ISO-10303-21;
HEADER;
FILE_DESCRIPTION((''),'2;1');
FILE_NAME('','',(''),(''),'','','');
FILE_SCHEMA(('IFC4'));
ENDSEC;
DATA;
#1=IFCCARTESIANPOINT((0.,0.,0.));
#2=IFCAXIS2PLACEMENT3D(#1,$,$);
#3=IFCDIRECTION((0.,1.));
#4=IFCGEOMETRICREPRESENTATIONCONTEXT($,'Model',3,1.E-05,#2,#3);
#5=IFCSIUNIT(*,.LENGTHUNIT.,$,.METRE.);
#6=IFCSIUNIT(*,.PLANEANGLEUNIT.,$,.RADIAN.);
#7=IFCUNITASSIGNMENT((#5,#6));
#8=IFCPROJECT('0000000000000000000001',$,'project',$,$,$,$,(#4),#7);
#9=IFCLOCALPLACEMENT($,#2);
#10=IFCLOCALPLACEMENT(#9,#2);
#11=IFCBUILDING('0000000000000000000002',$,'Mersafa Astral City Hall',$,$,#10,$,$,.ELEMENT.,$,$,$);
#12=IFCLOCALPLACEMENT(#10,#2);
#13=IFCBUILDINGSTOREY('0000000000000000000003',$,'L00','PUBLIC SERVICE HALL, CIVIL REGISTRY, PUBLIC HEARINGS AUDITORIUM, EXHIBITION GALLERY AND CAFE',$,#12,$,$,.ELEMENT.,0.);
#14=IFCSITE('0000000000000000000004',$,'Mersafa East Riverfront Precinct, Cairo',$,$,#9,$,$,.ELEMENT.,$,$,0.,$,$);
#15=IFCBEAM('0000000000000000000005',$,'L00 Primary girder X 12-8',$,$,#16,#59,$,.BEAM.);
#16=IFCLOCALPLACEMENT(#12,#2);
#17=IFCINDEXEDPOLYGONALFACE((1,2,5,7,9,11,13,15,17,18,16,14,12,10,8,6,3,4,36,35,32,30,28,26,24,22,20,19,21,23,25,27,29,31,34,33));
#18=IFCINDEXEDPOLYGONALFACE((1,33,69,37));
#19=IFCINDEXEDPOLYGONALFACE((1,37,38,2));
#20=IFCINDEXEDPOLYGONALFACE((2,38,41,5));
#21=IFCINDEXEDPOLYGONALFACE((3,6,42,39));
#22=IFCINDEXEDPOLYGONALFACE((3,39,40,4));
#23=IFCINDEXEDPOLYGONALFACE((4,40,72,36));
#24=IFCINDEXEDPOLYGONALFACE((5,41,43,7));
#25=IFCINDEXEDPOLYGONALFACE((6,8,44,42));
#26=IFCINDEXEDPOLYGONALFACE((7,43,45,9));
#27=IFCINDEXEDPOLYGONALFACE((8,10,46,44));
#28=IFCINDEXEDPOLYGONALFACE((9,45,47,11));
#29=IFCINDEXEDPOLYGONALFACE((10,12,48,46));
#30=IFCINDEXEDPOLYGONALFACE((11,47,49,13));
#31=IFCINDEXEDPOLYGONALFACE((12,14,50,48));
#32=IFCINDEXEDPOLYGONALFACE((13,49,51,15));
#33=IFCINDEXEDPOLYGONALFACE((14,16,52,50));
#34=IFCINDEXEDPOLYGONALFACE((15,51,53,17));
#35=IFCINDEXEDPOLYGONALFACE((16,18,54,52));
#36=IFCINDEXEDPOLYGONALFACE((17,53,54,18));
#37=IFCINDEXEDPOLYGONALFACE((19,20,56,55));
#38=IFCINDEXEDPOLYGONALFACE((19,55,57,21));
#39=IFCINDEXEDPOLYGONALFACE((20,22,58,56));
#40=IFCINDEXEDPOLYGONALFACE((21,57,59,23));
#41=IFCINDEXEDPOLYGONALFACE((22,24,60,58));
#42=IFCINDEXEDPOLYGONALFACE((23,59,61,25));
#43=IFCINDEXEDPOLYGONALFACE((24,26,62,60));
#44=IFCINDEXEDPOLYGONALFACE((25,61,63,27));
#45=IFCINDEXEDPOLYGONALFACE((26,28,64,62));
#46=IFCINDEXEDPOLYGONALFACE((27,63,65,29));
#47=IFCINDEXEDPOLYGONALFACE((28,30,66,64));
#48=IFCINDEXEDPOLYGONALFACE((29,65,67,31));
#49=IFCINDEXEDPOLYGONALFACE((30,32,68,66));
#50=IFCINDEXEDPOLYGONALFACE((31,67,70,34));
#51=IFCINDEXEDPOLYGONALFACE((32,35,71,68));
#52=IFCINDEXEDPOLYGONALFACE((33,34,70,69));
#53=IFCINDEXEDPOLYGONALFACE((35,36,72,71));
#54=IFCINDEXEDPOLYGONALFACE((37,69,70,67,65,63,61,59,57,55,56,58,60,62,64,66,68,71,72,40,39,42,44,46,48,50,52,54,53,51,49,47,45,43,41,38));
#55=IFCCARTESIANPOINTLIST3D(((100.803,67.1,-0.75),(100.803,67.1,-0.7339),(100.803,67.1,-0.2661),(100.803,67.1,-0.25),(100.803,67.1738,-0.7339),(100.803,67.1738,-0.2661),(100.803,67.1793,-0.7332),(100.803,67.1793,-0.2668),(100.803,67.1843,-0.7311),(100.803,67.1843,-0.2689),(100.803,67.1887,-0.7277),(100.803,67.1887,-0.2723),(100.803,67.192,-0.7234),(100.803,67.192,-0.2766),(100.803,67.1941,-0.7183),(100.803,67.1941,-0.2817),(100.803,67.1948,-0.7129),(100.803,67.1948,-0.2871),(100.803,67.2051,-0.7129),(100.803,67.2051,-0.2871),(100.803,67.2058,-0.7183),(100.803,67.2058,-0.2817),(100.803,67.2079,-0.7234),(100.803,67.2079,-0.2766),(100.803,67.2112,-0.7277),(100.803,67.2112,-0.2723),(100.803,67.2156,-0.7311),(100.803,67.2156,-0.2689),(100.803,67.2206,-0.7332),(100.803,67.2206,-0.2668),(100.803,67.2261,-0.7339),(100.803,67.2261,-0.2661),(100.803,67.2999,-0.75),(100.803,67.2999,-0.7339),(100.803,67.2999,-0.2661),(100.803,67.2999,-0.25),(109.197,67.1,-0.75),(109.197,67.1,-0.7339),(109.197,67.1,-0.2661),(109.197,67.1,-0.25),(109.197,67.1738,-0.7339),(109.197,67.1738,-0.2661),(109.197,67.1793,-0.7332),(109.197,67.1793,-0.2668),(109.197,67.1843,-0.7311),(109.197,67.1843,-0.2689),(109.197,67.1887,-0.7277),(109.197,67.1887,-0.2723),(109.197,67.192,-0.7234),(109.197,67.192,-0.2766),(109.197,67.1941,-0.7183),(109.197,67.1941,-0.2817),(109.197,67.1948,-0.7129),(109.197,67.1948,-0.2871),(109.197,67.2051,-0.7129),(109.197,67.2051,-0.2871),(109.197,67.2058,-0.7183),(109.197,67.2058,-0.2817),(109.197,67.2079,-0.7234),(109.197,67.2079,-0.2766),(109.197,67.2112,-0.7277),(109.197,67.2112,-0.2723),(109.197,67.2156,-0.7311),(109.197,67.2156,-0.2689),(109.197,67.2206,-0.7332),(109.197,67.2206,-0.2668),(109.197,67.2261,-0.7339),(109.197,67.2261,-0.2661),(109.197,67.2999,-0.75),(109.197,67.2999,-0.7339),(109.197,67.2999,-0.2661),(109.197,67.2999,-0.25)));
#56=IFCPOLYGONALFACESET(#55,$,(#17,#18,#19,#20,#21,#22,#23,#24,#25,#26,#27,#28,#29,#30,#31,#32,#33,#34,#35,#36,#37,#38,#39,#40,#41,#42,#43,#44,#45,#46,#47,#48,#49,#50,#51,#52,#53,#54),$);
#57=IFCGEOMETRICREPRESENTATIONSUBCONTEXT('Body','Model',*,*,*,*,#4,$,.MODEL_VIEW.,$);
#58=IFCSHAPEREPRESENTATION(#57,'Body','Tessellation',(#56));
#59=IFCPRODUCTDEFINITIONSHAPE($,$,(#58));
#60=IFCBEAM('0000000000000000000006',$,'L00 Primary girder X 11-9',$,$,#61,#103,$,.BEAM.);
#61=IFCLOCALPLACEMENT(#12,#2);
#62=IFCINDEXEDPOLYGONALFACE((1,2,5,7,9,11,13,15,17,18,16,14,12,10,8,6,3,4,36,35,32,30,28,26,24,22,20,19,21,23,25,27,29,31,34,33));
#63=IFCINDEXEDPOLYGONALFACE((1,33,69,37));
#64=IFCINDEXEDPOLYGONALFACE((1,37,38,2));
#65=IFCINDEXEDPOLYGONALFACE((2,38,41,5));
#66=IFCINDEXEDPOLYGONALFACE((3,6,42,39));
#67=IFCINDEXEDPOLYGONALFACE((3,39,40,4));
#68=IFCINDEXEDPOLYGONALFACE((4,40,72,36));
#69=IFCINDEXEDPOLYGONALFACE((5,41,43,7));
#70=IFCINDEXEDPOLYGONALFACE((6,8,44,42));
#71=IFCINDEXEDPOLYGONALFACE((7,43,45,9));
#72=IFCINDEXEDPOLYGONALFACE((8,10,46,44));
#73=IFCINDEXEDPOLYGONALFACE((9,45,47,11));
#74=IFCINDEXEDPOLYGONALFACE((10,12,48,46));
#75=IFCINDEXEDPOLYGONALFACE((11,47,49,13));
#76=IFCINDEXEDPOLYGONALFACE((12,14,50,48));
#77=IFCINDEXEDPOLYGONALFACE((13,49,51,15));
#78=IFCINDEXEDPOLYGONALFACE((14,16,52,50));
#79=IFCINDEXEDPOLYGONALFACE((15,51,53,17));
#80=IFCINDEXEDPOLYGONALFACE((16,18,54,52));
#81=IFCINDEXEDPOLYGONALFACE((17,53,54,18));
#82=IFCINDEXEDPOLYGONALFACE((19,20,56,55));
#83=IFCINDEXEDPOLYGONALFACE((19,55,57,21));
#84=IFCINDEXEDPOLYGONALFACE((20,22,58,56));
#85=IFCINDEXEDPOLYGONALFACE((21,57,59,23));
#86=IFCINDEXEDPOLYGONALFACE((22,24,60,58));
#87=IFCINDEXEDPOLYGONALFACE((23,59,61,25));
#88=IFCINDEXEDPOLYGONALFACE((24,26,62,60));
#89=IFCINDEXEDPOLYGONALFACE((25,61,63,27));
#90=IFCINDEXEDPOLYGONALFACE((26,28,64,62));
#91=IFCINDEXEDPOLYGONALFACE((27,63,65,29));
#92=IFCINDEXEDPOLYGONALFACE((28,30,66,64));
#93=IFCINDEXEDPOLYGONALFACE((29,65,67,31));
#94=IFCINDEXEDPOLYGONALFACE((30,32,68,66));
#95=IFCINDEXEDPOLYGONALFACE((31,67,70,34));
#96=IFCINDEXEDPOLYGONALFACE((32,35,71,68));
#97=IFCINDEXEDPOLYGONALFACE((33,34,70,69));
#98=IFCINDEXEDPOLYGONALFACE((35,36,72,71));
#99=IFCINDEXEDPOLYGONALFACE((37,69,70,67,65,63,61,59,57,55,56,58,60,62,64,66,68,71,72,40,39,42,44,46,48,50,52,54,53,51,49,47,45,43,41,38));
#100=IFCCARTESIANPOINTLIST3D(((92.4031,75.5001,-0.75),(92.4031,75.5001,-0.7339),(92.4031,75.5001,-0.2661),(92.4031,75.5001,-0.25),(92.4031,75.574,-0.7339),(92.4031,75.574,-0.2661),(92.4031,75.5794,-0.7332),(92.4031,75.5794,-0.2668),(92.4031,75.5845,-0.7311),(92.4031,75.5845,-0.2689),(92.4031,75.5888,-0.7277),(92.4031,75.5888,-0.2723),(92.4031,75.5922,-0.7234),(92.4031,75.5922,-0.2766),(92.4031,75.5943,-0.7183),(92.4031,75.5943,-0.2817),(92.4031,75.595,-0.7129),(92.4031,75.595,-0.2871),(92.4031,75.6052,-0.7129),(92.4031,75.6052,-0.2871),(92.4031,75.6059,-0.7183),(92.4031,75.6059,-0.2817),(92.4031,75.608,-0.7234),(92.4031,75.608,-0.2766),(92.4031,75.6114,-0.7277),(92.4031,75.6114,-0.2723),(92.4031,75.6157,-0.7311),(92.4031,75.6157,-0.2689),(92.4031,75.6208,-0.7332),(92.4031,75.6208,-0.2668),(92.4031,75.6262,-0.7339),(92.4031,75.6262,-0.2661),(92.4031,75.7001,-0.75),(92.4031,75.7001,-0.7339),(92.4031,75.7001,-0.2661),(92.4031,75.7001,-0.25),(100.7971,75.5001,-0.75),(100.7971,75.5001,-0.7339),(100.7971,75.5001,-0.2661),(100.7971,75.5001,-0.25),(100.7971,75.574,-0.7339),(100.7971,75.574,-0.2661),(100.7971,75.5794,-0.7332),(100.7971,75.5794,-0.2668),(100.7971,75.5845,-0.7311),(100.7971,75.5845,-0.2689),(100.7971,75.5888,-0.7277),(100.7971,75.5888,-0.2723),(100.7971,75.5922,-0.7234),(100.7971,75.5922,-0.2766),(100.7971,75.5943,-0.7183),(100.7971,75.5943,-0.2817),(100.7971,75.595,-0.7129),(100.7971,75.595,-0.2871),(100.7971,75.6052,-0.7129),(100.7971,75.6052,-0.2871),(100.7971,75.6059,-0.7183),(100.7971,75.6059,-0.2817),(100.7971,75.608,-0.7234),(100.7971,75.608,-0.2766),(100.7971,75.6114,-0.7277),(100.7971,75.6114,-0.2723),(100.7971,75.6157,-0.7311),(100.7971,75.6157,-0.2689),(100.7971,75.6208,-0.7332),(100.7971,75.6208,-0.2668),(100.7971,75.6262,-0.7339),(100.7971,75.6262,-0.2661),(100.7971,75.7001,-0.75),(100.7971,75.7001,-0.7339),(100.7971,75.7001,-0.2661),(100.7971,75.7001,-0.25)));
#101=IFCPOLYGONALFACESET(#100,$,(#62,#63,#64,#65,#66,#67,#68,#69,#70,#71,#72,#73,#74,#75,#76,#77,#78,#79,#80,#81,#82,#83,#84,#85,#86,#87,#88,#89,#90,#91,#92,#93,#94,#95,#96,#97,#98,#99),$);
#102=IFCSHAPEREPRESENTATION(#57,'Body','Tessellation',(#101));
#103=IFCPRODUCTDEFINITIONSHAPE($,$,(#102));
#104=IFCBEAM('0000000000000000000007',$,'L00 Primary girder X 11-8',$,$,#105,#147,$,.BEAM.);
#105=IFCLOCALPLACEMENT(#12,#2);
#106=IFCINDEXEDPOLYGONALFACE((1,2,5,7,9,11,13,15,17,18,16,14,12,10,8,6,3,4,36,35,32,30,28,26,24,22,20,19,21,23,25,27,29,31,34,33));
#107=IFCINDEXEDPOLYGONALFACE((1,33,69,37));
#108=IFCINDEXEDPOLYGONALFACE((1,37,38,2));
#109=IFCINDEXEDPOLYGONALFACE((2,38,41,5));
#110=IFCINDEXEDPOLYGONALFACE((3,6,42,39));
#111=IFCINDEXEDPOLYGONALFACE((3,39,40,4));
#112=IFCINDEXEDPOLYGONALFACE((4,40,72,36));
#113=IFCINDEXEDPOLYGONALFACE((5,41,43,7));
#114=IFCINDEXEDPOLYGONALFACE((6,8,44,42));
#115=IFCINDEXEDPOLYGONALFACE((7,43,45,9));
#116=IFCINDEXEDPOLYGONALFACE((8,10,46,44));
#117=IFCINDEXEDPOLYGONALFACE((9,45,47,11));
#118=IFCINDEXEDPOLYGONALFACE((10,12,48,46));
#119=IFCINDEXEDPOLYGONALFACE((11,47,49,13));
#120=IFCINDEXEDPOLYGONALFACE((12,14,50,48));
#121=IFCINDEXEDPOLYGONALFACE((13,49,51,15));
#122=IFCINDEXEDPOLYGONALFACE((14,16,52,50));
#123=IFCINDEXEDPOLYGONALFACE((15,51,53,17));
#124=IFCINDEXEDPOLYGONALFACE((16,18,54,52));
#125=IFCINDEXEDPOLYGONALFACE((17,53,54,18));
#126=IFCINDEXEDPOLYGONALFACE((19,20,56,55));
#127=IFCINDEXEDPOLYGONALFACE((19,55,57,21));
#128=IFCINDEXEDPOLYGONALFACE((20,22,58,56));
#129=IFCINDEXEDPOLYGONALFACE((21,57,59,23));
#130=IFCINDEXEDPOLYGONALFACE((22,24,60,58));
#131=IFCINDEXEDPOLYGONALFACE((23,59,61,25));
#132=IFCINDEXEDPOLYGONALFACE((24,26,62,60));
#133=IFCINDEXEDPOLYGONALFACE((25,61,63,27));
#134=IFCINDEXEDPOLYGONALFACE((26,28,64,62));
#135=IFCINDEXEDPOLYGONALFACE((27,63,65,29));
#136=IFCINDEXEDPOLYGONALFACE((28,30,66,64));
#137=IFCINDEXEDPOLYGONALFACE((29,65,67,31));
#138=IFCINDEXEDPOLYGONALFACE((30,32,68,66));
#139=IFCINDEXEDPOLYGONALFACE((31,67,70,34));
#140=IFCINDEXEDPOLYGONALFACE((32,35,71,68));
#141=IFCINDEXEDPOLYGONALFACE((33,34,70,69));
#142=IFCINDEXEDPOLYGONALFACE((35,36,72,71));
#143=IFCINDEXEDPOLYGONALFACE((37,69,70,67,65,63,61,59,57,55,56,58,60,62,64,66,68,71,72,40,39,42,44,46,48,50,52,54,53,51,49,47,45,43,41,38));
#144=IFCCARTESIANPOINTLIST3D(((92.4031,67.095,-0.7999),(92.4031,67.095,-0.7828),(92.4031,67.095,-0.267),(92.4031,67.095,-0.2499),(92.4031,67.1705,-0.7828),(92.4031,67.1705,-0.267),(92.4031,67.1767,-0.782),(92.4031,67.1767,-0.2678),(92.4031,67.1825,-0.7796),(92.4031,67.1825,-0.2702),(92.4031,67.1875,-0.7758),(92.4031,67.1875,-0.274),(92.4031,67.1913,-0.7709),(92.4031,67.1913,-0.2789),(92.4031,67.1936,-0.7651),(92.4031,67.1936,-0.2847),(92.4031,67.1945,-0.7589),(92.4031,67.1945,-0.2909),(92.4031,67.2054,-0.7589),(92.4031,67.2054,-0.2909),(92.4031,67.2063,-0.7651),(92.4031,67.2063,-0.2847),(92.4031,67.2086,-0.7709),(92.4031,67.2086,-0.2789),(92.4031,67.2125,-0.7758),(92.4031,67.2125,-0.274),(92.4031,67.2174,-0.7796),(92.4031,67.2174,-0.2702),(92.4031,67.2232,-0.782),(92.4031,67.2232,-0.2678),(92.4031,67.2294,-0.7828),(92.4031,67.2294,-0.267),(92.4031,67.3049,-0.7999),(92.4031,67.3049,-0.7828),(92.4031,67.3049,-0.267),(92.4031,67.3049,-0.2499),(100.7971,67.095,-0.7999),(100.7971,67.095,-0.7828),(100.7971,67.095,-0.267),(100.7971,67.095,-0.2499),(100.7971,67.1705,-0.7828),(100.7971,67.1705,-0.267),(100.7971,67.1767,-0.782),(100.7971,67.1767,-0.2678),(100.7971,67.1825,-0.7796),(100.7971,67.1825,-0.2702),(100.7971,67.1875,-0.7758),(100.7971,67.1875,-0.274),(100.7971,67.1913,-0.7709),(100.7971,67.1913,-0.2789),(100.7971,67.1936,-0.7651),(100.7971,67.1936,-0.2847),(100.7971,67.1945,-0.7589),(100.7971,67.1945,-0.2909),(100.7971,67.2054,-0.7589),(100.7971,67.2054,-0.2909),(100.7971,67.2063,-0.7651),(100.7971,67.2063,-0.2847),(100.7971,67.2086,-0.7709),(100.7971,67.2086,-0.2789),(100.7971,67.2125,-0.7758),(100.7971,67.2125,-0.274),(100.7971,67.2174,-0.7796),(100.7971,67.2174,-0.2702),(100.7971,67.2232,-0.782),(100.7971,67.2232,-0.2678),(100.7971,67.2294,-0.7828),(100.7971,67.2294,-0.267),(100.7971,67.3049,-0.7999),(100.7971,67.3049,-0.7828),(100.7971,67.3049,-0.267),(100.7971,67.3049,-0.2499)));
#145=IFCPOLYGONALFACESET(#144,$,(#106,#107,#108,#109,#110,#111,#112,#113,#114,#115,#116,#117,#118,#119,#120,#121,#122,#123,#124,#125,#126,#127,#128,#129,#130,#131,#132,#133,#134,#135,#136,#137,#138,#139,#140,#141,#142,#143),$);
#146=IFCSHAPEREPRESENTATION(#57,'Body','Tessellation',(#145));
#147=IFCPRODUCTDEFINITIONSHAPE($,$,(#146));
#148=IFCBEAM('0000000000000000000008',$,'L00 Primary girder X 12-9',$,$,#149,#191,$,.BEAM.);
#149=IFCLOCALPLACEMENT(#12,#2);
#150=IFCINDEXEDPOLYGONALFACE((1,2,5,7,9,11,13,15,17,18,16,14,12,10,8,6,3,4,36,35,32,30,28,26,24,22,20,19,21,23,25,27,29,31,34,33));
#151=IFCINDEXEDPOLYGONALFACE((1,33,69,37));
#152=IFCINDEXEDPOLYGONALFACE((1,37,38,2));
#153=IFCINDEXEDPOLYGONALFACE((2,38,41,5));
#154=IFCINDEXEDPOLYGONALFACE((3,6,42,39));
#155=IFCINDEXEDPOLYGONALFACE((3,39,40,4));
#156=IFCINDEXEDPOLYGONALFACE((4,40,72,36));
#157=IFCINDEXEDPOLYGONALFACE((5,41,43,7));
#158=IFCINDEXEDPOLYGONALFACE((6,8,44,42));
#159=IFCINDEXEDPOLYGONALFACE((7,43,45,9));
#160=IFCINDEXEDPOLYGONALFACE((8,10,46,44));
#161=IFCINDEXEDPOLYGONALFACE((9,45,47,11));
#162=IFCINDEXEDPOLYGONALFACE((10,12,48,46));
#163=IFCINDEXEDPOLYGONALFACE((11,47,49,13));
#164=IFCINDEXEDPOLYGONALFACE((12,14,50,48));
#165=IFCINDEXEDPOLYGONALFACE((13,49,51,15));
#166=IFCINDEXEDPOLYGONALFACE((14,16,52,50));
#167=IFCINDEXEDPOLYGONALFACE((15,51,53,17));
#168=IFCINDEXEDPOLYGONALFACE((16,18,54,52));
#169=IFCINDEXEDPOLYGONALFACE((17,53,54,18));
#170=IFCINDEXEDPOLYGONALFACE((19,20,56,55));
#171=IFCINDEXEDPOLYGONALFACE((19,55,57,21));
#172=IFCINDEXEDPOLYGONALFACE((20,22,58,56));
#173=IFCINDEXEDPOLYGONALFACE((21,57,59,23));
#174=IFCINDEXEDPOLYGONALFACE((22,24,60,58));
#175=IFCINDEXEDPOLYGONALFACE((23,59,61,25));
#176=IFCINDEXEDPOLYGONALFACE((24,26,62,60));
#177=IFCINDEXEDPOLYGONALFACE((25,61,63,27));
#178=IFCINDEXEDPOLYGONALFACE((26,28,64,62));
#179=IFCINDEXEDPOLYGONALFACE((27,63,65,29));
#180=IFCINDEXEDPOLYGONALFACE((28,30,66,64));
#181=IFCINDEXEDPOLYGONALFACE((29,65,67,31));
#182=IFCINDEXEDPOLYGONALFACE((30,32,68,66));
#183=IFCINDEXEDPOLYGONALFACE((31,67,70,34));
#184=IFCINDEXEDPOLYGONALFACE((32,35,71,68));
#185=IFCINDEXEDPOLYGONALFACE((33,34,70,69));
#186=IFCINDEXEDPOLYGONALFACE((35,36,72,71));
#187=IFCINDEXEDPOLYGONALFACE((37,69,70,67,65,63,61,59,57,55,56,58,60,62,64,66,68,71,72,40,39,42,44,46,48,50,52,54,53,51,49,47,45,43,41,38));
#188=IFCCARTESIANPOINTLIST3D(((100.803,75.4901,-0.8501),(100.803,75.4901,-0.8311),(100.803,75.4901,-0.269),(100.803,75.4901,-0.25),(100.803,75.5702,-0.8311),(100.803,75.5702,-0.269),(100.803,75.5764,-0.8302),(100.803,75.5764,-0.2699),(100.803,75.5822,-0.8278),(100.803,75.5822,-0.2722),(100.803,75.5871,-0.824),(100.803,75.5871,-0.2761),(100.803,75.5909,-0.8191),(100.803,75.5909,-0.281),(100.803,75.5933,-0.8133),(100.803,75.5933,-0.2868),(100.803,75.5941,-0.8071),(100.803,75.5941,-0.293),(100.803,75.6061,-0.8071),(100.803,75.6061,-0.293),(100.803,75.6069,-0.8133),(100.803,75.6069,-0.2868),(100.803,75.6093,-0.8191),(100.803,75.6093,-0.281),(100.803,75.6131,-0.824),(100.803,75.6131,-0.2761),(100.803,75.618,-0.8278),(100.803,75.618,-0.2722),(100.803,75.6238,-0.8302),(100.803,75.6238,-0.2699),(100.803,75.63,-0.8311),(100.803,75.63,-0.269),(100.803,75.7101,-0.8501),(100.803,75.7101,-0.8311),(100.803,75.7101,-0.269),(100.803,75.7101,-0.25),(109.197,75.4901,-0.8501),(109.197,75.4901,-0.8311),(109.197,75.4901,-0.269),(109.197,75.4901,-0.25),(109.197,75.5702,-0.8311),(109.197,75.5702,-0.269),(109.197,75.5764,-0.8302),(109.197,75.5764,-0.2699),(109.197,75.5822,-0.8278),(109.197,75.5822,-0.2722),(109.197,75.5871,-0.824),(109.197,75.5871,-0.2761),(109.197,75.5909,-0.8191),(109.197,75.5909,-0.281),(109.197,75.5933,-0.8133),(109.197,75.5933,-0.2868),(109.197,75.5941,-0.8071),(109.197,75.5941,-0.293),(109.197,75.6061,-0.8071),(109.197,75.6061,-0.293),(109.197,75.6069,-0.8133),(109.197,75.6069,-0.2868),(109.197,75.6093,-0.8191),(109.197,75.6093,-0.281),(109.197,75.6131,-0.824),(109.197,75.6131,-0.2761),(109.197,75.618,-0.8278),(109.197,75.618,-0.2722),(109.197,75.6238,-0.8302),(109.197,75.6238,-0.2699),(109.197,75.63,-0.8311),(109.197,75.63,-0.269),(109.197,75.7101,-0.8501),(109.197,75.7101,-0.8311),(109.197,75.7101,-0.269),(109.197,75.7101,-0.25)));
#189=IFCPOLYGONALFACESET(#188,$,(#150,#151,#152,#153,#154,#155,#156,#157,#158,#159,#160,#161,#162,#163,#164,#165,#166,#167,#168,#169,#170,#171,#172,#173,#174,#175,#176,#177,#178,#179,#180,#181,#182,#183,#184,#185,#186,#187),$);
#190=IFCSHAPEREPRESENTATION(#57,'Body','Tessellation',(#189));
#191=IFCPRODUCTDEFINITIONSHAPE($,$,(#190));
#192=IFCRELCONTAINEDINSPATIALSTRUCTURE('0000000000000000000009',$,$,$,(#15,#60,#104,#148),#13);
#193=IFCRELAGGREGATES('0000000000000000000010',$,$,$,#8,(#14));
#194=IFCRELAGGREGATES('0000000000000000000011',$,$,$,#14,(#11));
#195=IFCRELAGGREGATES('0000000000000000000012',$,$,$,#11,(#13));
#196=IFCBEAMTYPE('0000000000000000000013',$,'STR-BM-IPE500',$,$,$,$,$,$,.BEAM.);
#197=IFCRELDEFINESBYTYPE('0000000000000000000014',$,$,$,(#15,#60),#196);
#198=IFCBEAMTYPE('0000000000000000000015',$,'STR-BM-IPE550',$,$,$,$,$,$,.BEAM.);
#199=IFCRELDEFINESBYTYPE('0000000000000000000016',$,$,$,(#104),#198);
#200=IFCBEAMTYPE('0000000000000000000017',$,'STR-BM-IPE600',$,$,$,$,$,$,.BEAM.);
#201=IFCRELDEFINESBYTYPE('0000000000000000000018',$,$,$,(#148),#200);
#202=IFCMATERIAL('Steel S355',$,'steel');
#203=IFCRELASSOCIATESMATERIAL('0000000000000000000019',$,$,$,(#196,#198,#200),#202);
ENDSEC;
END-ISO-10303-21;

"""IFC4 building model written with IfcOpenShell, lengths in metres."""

from ifc_helpers import new_model, si_unit, direction, frame, origin, origin_2d, place, context, subcontext, project, spatial, i_section, extrude, material, material_profile, profile_set, type_object, element, save


model = new_model("IFC4")

# Units and contexts
model_context = context("Model", 3, precision=1e-05, world=origin(), true_north=direction((0.0, 1.0)))
body_context = subcontext(model_context, "Body", "Model", "MODEL_VIEW")
ifc_project = project(units=[si_unit("LENGTHUNIT", "METRE"), si_unit("PLANEANGLEUNIT", "RADIAN")], contexts=[model_context])

# Site, building, storey
site_placement = place(None, origin())
site = spatial("IfcSite", under=ifc_project, at=site_placement, Name="Mersafa East Riverfront Precinct, Cairo", CompositionType="ELEMENT", RefElevation=0.0)
building_placement = place(site_placement, origin())
building = spatial("IfcBuilding", under=site, at=building_placement, Name="Mersafa Astral City Hall", CompositionType="ELEMENT")
storey_placement = place(building_placement, origin())
storey = spatial("IfcBuildingStorey", under=building, at=storey_placement, Name="L00", Description="PUBLIC SERVICE HALL, CIVIL REGISTRY, PUBLIC HEARINGS AUDITORIUM, EXHIBITION GALLERY AND CAFE", CompositionType="ELEMENT", Elevation=0.0)

# Shared definitions
ifc_material_1 = material(Name="Steel S355", Category="steel")

# Beams
ifc_material_profile_1 = material_profile(ifc_material_1, i_section(OverallWidth=0.2, OverallDepth=0.5, WebThickness=0.0103, FlangeThickness=0.0161, FilletRadius=0.021, at=origin_2d()), Name="IPE 500")
ifc_profile_set_1 = profile_set([ifc_material_profile_1], Name="Steel S355")
beam_type_1 = type_object("IfcBeamType", Name="STR-BM-IPE500", PredefinedType="BEAM", material=ifc_profile_set_1)
for number, where, z_axis, x_axis, name in (
    (1, (100.803, 67.2, -0.5), (1.0, 0.0, 0.0), (0.0, 1.0, 0.0), "L00 Primary girder X 12-8"),
    (2, (92.4031, 75.6001, -0.5), (1.0, 0.0, 0.0), (0.0, 1.0, 0.0), "L00 Primary girder X 11-9"),
):
    element("IfcBeam", number, at=place(storey_placement, frame(where, z_axis=z_axis, x_axis=x_axis)), inside=storey, type_object=beam_type_1, Name=name, PredefinedType="BEAM", context=body_context, shape_type="SweptSolid", body=[
        extrude(i_section(OverallWidth=0.2, OverallDepth=0.5, WebThickness=0.0103, FlangeThickness=0.0161, FilletRadius=0.021, at=origin_2d()), origin(), (0.0, 0.0, 1.0), 8.394),
    ])
ifc_material_profile_2 = material_profile(ifc_material_1, i_section(OverallWidth=0.21, OverallDepth=0.55, WebThickness=0.011, FlangeThickness=0.0171, FilletRadius=0.0239, at=origin_2d()), Name="IPE 550")
ifc_profile_set_2 = profile_set([ifc_material_profile_2], Name="Steel S355")
beam_type_2 = type_object("IfcBeamType", Name="STR-BM-IPE550", PredefinedType="BEAM", material=ifc_profile_set_2)
beam_1_placement = place(storey_placement, frame((92.4031, 67.2, -0.5249), z_axis=(1.0, 0.0, 0.0), x_axis=(0.0, 1.0, 0.0)))
element("IfcBeam", 3, at=beam_1_placement, inside=storey, type_object=beam_type_2, Name="L00 Primary girder X 11-8", PredefinedType="BEAM", context=body_context, shape_type="SweptSolid", body=[
    extrude(i_section(OverallWidth=0.21, OverallDepth=0.55, WebThickness=0.011, FlangeThickness=0.0171, FilletRadius=0.0239, at=origin_2d()), origin(), (0.0, 0.0, 1.0), 8.394),
])
ifc_material_profile_3 = material_profile(ifc_material_1, i_section(OverallWidth=0.22, OverallDepth=0.6001, WebThickness=0.012, FlangeThickness=0.019, FilletRadius=0.0239, at=origin_2d()), Name="IPE 600")
ifc_profile_set_3 = profile_set([ifc_material_profile_3], Name="Steel S355")
beam_type_3 = type_object("IfcBeamType", Name="STR-BM-IPE600", PredefinedType="BEAM", material=ifc_profile_set_3)
beam_2_placement = place(storey_placement, frame((100.803, 75.6001, -0.55), z_axis=(1.0, 0.0, 0.0), x_axis=(0.0, 1.0, 0.0)))
element("IfcBeam", 4, at=beam_2_placement, inside=storey, type_object=beam_type_3, Name="L00 Primary girder X 12-9", PredefinedType="BEAM", context=body_context, shape_type="SweptSolid", body=[
    extrude(i_section(OverallWidth=0.22, OverallDepth=0.6001, WebThickness=0.012, FlangeThickness=0.019, FilletRadius=0.0239, at=origin_2d()), origin(), (0.0, 0.0, 1.0), 8.394),
])

save(model, "model.ifc")
